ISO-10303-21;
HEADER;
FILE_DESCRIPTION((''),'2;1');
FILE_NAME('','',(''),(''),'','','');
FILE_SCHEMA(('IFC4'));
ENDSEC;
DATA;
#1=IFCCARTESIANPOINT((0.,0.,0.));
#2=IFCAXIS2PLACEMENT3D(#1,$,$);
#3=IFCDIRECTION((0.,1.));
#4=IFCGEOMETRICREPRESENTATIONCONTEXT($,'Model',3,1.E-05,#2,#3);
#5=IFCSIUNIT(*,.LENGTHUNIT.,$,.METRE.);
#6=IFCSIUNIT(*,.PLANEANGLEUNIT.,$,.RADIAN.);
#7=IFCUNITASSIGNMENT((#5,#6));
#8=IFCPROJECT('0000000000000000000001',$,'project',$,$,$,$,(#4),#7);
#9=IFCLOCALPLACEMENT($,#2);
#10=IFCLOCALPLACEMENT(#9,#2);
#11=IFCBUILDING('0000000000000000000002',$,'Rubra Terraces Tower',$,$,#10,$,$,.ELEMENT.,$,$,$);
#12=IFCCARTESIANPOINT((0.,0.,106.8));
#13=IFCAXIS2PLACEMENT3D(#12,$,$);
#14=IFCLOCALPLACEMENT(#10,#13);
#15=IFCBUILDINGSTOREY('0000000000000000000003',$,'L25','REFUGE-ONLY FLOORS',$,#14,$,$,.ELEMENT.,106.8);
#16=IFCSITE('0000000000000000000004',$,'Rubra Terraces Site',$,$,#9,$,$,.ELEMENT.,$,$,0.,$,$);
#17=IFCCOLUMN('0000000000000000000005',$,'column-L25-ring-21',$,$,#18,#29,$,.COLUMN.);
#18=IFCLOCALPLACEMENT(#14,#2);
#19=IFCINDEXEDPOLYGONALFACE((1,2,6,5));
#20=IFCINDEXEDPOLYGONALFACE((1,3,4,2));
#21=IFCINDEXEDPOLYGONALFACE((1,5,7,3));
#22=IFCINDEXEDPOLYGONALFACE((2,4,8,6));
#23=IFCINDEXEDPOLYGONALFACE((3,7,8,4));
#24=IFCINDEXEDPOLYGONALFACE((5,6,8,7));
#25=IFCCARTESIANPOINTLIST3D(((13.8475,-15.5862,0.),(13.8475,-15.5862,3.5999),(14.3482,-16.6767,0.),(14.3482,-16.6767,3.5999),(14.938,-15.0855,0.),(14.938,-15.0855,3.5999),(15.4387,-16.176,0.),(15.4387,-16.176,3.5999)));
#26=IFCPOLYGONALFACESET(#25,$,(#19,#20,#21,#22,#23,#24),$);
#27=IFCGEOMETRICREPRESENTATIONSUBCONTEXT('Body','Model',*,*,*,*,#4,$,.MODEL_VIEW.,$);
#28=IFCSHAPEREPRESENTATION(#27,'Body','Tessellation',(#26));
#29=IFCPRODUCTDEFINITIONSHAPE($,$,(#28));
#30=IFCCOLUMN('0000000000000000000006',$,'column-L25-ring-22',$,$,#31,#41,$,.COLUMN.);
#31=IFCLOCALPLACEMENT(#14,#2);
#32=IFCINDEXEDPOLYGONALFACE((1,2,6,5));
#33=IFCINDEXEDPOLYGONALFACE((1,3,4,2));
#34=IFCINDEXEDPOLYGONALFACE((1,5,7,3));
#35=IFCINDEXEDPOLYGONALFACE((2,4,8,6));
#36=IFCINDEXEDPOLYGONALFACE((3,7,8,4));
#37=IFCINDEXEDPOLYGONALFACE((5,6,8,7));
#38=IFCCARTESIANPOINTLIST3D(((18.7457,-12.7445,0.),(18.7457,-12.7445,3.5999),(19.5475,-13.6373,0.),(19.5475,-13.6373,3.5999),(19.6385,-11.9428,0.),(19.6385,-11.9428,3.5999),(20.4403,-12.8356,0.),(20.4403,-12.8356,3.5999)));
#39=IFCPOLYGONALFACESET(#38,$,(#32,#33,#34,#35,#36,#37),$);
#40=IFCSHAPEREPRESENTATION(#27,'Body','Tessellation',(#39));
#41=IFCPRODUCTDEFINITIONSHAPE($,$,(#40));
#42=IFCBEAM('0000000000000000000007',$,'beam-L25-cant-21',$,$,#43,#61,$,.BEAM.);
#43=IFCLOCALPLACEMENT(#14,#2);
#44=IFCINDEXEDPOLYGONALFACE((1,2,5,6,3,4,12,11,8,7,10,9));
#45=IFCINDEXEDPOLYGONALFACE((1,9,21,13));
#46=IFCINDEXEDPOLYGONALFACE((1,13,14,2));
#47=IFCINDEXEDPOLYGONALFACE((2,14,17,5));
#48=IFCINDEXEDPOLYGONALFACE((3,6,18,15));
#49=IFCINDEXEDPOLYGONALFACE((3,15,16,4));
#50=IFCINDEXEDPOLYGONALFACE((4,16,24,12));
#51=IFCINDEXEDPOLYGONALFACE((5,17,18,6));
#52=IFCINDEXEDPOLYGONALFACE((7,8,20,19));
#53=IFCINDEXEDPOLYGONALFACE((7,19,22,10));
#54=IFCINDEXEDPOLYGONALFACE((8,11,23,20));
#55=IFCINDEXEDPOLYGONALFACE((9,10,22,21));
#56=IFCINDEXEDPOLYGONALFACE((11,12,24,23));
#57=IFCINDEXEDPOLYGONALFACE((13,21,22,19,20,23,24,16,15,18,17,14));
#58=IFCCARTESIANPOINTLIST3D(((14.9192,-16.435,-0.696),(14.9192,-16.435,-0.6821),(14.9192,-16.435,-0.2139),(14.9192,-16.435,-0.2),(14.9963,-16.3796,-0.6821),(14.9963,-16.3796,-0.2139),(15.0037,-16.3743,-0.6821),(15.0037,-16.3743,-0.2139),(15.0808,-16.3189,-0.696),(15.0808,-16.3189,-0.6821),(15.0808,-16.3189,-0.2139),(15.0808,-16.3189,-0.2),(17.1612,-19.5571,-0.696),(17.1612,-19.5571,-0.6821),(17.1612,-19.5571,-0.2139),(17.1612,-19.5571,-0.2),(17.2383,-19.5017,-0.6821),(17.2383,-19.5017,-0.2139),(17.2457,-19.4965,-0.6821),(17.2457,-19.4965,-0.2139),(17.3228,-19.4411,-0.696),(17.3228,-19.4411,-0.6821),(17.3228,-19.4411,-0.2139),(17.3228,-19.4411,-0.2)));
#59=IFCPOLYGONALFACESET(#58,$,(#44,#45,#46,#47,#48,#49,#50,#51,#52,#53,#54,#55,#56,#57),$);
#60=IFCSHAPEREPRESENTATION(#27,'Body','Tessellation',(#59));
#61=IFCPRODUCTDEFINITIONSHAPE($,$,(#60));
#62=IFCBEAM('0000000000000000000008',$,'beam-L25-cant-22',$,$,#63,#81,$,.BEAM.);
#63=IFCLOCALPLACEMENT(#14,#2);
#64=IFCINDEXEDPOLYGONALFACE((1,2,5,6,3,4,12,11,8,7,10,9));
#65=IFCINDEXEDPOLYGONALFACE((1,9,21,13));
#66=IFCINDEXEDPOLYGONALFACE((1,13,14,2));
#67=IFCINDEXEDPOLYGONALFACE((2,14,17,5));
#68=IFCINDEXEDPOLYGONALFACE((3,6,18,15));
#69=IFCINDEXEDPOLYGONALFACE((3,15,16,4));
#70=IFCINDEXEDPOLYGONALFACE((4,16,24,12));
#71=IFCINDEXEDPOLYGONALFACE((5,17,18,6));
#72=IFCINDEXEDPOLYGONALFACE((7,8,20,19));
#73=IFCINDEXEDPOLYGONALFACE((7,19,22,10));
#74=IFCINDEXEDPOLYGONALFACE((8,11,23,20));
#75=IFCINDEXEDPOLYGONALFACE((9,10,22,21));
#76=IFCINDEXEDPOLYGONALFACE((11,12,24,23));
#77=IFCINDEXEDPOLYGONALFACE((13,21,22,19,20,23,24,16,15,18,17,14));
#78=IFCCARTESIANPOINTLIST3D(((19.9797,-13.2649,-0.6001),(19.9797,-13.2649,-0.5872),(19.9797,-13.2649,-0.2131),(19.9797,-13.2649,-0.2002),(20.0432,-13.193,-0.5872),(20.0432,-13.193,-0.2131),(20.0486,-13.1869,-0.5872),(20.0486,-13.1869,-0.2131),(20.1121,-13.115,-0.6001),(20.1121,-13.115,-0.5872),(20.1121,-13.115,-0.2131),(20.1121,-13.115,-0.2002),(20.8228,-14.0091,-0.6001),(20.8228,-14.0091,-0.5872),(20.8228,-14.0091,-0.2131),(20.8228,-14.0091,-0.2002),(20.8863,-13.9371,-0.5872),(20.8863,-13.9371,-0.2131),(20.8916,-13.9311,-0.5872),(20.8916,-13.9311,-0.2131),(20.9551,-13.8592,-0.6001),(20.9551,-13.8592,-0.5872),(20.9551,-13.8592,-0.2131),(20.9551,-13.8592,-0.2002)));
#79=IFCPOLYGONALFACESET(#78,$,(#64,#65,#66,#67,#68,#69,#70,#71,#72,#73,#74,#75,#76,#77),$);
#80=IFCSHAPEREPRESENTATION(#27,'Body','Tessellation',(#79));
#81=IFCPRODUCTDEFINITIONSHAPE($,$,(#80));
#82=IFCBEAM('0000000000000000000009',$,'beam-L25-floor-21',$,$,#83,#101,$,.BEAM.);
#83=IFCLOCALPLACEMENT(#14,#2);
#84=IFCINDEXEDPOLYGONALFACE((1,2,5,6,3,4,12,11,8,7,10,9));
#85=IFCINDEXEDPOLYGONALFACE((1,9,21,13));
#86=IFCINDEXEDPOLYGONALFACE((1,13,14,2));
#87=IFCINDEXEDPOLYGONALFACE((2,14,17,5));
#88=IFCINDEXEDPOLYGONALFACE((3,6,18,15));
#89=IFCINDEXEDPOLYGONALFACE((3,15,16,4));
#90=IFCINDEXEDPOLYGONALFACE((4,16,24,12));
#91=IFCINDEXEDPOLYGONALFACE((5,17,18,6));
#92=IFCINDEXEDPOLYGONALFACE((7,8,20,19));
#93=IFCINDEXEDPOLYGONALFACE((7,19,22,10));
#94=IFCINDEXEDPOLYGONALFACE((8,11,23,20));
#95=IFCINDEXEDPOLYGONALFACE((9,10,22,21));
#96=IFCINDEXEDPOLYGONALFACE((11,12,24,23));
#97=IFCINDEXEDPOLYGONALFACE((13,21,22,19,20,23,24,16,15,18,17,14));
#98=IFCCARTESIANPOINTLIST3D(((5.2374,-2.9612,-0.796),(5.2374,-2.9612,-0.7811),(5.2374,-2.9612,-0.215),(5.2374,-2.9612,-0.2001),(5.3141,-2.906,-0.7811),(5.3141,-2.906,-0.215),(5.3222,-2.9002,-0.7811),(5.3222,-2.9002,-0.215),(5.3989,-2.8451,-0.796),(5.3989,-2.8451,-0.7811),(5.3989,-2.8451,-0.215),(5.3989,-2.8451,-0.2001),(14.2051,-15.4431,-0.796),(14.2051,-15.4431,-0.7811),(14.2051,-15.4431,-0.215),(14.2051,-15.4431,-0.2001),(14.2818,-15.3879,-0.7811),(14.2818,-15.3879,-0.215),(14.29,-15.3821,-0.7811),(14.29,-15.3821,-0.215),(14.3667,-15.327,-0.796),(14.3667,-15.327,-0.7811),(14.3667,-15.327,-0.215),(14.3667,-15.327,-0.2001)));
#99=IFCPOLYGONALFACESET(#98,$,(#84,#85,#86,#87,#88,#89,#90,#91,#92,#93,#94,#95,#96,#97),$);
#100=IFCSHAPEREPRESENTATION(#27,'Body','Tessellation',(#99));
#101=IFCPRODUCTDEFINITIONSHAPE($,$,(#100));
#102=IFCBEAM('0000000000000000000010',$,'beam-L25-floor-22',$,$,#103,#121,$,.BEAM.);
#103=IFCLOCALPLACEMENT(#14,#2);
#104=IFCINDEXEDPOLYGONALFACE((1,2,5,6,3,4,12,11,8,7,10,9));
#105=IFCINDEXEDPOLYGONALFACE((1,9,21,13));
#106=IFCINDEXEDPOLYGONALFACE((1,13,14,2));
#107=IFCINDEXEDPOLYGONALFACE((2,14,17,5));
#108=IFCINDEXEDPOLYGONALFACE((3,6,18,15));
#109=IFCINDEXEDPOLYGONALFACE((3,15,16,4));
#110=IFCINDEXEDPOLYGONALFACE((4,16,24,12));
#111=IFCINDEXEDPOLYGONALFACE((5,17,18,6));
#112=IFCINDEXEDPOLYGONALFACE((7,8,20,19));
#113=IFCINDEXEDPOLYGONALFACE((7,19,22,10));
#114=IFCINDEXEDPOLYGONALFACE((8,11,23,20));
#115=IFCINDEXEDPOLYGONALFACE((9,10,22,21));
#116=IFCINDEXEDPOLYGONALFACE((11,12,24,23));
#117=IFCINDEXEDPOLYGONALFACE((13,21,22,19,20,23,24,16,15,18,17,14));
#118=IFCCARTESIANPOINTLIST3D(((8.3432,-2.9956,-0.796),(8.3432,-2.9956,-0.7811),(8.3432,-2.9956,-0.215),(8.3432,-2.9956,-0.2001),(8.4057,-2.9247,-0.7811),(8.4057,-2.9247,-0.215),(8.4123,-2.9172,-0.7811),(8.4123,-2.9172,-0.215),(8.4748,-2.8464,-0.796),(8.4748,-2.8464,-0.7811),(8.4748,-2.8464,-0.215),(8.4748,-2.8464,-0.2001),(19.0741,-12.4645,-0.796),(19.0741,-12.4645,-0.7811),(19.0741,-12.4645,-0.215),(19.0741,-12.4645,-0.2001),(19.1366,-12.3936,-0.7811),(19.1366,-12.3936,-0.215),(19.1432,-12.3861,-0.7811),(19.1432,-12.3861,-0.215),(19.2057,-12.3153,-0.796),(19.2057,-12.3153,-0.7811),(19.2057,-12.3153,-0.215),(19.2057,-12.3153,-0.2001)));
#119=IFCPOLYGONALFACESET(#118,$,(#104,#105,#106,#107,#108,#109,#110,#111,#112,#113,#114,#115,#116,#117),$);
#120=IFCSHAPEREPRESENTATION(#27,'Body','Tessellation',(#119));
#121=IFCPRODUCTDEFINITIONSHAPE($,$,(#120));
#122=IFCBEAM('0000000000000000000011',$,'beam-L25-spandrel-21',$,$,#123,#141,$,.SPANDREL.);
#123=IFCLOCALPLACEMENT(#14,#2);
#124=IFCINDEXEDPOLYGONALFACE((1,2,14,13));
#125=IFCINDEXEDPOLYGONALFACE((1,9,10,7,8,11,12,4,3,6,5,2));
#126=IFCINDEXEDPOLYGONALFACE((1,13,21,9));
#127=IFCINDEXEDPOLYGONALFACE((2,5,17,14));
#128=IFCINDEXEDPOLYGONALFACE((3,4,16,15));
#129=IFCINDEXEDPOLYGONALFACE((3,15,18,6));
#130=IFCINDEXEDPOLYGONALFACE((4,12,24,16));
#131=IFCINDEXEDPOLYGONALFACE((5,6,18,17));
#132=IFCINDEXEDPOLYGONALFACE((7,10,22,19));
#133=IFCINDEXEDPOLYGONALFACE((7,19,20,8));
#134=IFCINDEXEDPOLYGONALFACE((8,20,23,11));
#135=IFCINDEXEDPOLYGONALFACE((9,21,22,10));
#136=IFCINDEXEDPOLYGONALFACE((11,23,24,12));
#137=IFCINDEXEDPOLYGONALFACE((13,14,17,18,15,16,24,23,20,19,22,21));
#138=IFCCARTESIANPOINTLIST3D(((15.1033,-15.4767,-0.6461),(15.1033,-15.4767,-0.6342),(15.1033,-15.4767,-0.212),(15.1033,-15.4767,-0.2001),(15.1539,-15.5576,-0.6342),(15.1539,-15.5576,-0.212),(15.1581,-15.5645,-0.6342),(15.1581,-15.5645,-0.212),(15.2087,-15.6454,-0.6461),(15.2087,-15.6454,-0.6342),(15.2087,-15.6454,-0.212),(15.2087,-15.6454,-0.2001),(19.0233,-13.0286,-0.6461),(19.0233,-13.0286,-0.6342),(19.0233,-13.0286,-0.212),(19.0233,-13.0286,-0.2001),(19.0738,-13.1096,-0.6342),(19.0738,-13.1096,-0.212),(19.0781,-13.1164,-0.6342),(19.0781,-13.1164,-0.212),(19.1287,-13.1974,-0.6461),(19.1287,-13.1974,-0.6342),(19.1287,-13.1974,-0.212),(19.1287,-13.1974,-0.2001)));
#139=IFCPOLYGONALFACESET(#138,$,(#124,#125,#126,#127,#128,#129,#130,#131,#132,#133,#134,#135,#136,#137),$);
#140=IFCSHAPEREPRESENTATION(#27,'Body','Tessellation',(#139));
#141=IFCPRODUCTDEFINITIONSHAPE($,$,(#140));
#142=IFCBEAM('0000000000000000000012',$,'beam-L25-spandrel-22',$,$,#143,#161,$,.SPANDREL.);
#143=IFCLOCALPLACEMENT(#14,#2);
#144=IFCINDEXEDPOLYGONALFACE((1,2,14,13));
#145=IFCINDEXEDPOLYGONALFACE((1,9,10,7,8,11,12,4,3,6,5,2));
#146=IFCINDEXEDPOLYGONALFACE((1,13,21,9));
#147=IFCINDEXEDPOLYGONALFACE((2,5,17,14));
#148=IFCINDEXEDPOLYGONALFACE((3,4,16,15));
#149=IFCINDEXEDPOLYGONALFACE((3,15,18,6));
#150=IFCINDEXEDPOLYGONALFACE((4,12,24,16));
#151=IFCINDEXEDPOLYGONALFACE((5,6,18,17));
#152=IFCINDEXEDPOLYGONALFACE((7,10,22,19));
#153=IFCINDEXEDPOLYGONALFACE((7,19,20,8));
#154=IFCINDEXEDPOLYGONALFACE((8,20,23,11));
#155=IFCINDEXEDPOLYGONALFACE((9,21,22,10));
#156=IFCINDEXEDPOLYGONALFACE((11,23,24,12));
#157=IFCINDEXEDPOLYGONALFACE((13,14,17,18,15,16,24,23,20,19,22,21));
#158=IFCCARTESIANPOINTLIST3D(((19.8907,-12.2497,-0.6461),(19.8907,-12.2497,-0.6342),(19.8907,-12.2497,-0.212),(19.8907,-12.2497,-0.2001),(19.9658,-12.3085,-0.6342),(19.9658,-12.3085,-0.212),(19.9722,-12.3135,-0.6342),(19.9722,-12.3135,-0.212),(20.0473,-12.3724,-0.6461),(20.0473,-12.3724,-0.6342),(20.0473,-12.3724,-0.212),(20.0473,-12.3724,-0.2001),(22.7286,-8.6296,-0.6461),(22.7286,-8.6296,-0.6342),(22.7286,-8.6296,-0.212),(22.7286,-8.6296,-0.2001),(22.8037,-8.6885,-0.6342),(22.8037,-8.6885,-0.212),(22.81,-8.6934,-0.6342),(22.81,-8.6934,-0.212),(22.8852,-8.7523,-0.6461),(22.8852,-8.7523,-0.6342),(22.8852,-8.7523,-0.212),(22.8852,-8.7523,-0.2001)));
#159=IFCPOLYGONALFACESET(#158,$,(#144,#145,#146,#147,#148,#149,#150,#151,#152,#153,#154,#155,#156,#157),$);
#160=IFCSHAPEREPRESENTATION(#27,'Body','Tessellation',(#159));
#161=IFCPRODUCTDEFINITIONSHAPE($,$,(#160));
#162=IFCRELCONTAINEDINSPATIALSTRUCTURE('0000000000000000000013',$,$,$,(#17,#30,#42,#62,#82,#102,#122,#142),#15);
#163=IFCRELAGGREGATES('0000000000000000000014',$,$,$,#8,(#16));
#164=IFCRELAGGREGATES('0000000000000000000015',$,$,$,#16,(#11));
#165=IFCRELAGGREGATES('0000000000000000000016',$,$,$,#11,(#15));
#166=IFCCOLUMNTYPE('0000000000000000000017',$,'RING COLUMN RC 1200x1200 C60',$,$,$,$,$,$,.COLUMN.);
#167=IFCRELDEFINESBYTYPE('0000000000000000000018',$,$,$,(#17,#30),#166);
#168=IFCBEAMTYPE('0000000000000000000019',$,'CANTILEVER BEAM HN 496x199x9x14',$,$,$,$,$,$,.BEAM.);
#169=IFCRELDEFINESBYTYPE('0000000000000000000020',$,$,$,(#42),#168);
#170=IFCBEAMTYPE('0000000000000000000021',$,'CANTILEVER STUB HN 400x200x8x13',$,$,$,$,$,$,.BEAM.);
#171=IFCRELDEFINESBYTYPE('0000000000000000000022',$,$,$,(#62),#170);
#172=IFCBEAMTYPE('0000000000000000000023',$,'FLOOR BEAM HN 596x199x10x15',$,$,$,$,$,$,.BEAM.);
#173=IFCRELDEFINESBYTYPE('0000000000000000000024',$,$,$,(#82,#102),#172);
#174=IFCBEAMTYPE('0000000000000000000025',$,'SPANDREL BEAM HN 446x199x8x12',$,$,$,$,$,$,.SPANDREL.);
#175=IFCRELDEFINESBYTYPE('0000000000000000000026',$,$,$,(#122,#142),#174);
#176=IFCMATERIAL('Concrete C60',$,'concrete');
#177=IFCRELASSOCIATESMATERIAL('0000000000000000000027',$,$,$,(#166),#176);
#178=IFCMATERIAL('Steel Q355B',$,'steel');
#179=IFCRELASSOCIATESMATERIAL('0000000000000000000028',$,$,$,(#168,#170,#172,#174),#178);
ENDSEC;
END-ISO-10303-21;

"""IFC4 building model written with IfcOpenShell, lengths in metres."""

from ifc_helpers import new_model, si_unit, direction, frame, origin, origin_2d, place, context, subcontext, project, spatial, rectangle, i_section, extrude, material, material_profile, profile_set, type_object, element, save


model = new_model("IFC4")

# Units and contexts
model_context = context("Model", 3, precision=1e-05, world=origin(), true_north=direction((0.0, 1.0)))
body_context = subcontext(model_context, "Body", "Model", "MODEL_VIEW")
ifc_project = project(units=[si_unit("LENGTHUNIT", "METRE"), si_unit("PLANEANGLEUNIT", "RADIAN")], contexts=[model_context])

# Site, building, storey
site_placement = place(None, origin())
site = spatial("IfcSite", under=ifc_project, at=site_placement, Name="Rubra Terraces Site", CompositionType="ELEMENT", RefElevation=0.0)
building_placement = place(site_placement, origin())
building = spatial("IfcBuilding", under=site, at=building_placement, Name="Rubra Terraces Tower", CompositionType="ELEMENT")
storey_placement = place(building_placement, frame((0.0, 0.0, 106.8)))
storey = spatial("IfcBuildingStorey", under=building, at=storey_placement, Name="L25", Description="REFUGE-ONLY FLOORS", CompositionType="ELEMENT", Elevation=106.8)

# Columns
ifc_material_1 = material(Name="Concrete C60", Category="concrete")
ifc_material_profile_1 = material_profile(ifc_material_1, rectangle(XDim=1.2, YDim=1.2, at=origin_2d()), Name="RC 1200x1200")
ifc_profile_set_1 = profile_set([ifc_material_profile_1], Name="Concrete C60")
column_type = type_object("IfcColumnType", Name="RING COLUMN RC 1200x1200 C60", PredefinedType="COLUMN", material=ifc_profile_set_1)
for number, where, z_axis, x_axis, name in (
    (1, (14.6431, -15.8811, 0.0), (0.0, 0.0, 1.0), (0.908779, 0.417279, 0.0), "column-L25-ring-21"),
    (2, (19.593, -12.79, 0.0), (0.0, 0.0, 1.0), (0.744021, 0.668156, 0.0), "column-L25-ring-22"),
):
    element("IfcColumn", number, at=place(storey_placement, frame(where, z_axis=z_axis, x_axis=x_axis)), inside=storey, type_object=column_type, Name=name, PredefinedType="COLUMN", context=body_context, shape_type="SweptSolid", body=[
        extrude(rectangle(XDim=1.2, YDim=1.2, at=origin_2d()), origin(), (0.0, 0.0, 1.0), 3.5999),
    ])

# Beams
ifc_material_2 = material(Name="Steel Q355B", Category="steel")
ifc_material_profile_2 = material_profile(ifc_material_2, i_section(OverallWidth=0.199, OverallDepth=0.4961, WebThickness=0.009, FlangeThickness=0.0139, at=origin_2d()), Name="HN 496x199x9x14")
ifc_profile_set_2 = profile_set([ifc_material_profile_2], Name="Steel Q355B")
beam_type_1 = type_object("IfcBeamType", Name="CANTILEVER BEAM HN 496x199x9x14", PredefinedType="BEAM", material=ifc_profile_set_2)
beam_1_placement = place(storey_placement, frame((15.0, -16.377, -0.448), z_axis=(0.583285, -0.812267, 0.0), x_axis=(0.812267, 0.583285, 0.0)))
element("IfcBeam", 3, at=beam_1_placement, inside=storey, type_object=beam_type_1, Name="beam-L25-cant-21", PredefinedType="BEAM", context=body_context, shape_type="SweptSolid", body=[
    extrude(i_section(OverallWidth=0.199, OverallDepth=0.4961, WebThickness=0.009, FlangeThickness=0.0139, at=origin_2d()), origin(), (0.0, 0.0, 1.0), 3.8438),
])
ifc_material_profile_3 = material_profile(ifc_material_2, i_section(OverallWidth=0.2, OverallDepth=0.3999, WebThickness=0.0081, FlangeThickness=0.0129, at=origin_2d()), Name="HN 400x200x8x13")
ifc_profile_set_3 = profile_set([ifc_material_profile_3], Name="Steel Q355B")
beam_type_2 = type_object("IfcBeamType", Name="CANTILEVER STUB HN 400x200x8x13", PredefinedType="BEAM", material=ifc_profile_set_3)
beam_2_placement = place(storey_placement, frame((20.0459, -13.1899, -0.4001), z_axis=(0.749705, -0.661772, 0.0), x_axis=(0.661772, 0.749705, 0.0)))
element("IfcBeam", 4, at=beam_2_placement, inside=storey, type_object=beam_type_2, Name="beam-L25-cant-22", PredefinedType="BEAM", context=body_context, shape_type="SweptSolid", body=[
    extrude(i_section(OverallWidth=0.2, OverallDepth=0.3999, WebThickness=0.0081, FlangeThickness=0.0129, at=origin_2d()), origin(), (0.0, 0.0, 1.0), 1.1245),
])
ifc_material_profile_4 = material_profile(ifc_material_2, i_section(OverallWidth=0.199, OverallDepth=0.5959, WebThickness=0.01, FlangeThickness=0.0149, at=origin_2d()), Name="HN 596x199x10x15")
ifc_profile_set_4 = profile_set([ifc_material_profile_4], Name="Steel Q355B")
beam_type_3 = type_object("IfcBeamType", Name="FLOOR BEAM HN 596x199x10x15", PredefinedType="BEAM", material=ifc_profile_set_4)
beam_3_placement = place(storey_placement, frame((14.2859, -15.385, -0.498), z_axis=(-0.583481, 0.812127, 0.0), x_axis=(-0.812127, -0.583481, 0.0)))
element("IfcBeam", 5, at=beam_3_placement, inside=storey, type_object=beam_type_3, Name="beam-L25-floor-21", PredefinedType="BEAM", context=body_context, shape_type="SweptSolid", body=[
    extrude(i_section(OverallWidth=0.199, OverallDepth=0.5959, WebThickness=0.01, FlangeThickness=0.0149, at=origin_2d()), origin(), (0.0, 0.0, 1.0), 15.3694),
])
beam_4_placement = place(storey_placement, frame((19.1399, -12.3899, -0.498), z_axis=(-0.74982, 0.661641, 0.0), x_axis=(-0.661641, -0.74982, 0.0)))
element("IfcBeam", 6, at=beam_4_placement, inside=storey, type_object=beam_type_3, Name="beam-L25-floor-22", PredefinedType="BEAM", context=body_context, shape_type="SweptSolid", body=[
    extrude(i_section(OverallWidth=0.199, OverallDepth=0.5959, WebThickness=0.01, FlangeThickness=0.0149, at=origin_2d()), origin(), (0.0, 0.0, 1.0), 14.3113),
])
ifc_material_profile_5 = material_profile(ifc_material_2, i_section(OverallWidth=0.199, OverallDepth=0.446, WebThickness=0.0081, FlangeThickness=0.012, at=origin_2d()), Name="HN 446x199x8x12")
ifc_profile_set_5 = profile_set([ifc_material_profile_5], Name="Steel Q355B")
beam_type_4 = type_object("IfcBeamType", Name="SPANDREL BEAM HN 446x199x8x12", PredefinedType="SPANDREL", material=ifc_profile_set_5)
beam_5_placement = place(storey_placement, frame((15.156, -15.561, -0.4231), z_axis=(0.848188, 0.529695, 0.0), x_axis=(-0.529695, 0.848188, 0.0)))
element("IfcBeam", 7, at=beam_5_placement, inside=storey, type_object=beam_type_4, Name="beam-L25-spandrel-21", PredefinedType="SPANDREL", context=body_context, shape_type="SweptSolid", body=[
    extrude(i_section(OverallWidth=0.199, OverallDepth=0.446, WebThickness=0.0081, FlangeThickness=0.012, at=origin_2d()), origin(), (0.0, 0.0, 1.0), 4.6216),
])
beam_6_placement = place(storey_placement, frame((19.969, -12.311, -0.4231), z_axis=(0.616949, 0.787003, 0.0), x_axis=(-0.787003, 0.616949, 0.0)))
element("IfcBeam", 8, at=beam_6_placement, inside=storey, type_object=beam_type_4, Name="beam-L25-spandrel-22", PredefinedType="SPANDREL", context=body_context, shape_type="SweptSolid", body=[
    extrude(i_section(OverallWidth=0.199, OverallDepth=0.446, WebThickness=0.0081, FlangeThickness=0.012, at=origin_2d()), origin(), (0.0, 0.0, 1.0), 4.5999),
])

save(model, "model.ifc")
